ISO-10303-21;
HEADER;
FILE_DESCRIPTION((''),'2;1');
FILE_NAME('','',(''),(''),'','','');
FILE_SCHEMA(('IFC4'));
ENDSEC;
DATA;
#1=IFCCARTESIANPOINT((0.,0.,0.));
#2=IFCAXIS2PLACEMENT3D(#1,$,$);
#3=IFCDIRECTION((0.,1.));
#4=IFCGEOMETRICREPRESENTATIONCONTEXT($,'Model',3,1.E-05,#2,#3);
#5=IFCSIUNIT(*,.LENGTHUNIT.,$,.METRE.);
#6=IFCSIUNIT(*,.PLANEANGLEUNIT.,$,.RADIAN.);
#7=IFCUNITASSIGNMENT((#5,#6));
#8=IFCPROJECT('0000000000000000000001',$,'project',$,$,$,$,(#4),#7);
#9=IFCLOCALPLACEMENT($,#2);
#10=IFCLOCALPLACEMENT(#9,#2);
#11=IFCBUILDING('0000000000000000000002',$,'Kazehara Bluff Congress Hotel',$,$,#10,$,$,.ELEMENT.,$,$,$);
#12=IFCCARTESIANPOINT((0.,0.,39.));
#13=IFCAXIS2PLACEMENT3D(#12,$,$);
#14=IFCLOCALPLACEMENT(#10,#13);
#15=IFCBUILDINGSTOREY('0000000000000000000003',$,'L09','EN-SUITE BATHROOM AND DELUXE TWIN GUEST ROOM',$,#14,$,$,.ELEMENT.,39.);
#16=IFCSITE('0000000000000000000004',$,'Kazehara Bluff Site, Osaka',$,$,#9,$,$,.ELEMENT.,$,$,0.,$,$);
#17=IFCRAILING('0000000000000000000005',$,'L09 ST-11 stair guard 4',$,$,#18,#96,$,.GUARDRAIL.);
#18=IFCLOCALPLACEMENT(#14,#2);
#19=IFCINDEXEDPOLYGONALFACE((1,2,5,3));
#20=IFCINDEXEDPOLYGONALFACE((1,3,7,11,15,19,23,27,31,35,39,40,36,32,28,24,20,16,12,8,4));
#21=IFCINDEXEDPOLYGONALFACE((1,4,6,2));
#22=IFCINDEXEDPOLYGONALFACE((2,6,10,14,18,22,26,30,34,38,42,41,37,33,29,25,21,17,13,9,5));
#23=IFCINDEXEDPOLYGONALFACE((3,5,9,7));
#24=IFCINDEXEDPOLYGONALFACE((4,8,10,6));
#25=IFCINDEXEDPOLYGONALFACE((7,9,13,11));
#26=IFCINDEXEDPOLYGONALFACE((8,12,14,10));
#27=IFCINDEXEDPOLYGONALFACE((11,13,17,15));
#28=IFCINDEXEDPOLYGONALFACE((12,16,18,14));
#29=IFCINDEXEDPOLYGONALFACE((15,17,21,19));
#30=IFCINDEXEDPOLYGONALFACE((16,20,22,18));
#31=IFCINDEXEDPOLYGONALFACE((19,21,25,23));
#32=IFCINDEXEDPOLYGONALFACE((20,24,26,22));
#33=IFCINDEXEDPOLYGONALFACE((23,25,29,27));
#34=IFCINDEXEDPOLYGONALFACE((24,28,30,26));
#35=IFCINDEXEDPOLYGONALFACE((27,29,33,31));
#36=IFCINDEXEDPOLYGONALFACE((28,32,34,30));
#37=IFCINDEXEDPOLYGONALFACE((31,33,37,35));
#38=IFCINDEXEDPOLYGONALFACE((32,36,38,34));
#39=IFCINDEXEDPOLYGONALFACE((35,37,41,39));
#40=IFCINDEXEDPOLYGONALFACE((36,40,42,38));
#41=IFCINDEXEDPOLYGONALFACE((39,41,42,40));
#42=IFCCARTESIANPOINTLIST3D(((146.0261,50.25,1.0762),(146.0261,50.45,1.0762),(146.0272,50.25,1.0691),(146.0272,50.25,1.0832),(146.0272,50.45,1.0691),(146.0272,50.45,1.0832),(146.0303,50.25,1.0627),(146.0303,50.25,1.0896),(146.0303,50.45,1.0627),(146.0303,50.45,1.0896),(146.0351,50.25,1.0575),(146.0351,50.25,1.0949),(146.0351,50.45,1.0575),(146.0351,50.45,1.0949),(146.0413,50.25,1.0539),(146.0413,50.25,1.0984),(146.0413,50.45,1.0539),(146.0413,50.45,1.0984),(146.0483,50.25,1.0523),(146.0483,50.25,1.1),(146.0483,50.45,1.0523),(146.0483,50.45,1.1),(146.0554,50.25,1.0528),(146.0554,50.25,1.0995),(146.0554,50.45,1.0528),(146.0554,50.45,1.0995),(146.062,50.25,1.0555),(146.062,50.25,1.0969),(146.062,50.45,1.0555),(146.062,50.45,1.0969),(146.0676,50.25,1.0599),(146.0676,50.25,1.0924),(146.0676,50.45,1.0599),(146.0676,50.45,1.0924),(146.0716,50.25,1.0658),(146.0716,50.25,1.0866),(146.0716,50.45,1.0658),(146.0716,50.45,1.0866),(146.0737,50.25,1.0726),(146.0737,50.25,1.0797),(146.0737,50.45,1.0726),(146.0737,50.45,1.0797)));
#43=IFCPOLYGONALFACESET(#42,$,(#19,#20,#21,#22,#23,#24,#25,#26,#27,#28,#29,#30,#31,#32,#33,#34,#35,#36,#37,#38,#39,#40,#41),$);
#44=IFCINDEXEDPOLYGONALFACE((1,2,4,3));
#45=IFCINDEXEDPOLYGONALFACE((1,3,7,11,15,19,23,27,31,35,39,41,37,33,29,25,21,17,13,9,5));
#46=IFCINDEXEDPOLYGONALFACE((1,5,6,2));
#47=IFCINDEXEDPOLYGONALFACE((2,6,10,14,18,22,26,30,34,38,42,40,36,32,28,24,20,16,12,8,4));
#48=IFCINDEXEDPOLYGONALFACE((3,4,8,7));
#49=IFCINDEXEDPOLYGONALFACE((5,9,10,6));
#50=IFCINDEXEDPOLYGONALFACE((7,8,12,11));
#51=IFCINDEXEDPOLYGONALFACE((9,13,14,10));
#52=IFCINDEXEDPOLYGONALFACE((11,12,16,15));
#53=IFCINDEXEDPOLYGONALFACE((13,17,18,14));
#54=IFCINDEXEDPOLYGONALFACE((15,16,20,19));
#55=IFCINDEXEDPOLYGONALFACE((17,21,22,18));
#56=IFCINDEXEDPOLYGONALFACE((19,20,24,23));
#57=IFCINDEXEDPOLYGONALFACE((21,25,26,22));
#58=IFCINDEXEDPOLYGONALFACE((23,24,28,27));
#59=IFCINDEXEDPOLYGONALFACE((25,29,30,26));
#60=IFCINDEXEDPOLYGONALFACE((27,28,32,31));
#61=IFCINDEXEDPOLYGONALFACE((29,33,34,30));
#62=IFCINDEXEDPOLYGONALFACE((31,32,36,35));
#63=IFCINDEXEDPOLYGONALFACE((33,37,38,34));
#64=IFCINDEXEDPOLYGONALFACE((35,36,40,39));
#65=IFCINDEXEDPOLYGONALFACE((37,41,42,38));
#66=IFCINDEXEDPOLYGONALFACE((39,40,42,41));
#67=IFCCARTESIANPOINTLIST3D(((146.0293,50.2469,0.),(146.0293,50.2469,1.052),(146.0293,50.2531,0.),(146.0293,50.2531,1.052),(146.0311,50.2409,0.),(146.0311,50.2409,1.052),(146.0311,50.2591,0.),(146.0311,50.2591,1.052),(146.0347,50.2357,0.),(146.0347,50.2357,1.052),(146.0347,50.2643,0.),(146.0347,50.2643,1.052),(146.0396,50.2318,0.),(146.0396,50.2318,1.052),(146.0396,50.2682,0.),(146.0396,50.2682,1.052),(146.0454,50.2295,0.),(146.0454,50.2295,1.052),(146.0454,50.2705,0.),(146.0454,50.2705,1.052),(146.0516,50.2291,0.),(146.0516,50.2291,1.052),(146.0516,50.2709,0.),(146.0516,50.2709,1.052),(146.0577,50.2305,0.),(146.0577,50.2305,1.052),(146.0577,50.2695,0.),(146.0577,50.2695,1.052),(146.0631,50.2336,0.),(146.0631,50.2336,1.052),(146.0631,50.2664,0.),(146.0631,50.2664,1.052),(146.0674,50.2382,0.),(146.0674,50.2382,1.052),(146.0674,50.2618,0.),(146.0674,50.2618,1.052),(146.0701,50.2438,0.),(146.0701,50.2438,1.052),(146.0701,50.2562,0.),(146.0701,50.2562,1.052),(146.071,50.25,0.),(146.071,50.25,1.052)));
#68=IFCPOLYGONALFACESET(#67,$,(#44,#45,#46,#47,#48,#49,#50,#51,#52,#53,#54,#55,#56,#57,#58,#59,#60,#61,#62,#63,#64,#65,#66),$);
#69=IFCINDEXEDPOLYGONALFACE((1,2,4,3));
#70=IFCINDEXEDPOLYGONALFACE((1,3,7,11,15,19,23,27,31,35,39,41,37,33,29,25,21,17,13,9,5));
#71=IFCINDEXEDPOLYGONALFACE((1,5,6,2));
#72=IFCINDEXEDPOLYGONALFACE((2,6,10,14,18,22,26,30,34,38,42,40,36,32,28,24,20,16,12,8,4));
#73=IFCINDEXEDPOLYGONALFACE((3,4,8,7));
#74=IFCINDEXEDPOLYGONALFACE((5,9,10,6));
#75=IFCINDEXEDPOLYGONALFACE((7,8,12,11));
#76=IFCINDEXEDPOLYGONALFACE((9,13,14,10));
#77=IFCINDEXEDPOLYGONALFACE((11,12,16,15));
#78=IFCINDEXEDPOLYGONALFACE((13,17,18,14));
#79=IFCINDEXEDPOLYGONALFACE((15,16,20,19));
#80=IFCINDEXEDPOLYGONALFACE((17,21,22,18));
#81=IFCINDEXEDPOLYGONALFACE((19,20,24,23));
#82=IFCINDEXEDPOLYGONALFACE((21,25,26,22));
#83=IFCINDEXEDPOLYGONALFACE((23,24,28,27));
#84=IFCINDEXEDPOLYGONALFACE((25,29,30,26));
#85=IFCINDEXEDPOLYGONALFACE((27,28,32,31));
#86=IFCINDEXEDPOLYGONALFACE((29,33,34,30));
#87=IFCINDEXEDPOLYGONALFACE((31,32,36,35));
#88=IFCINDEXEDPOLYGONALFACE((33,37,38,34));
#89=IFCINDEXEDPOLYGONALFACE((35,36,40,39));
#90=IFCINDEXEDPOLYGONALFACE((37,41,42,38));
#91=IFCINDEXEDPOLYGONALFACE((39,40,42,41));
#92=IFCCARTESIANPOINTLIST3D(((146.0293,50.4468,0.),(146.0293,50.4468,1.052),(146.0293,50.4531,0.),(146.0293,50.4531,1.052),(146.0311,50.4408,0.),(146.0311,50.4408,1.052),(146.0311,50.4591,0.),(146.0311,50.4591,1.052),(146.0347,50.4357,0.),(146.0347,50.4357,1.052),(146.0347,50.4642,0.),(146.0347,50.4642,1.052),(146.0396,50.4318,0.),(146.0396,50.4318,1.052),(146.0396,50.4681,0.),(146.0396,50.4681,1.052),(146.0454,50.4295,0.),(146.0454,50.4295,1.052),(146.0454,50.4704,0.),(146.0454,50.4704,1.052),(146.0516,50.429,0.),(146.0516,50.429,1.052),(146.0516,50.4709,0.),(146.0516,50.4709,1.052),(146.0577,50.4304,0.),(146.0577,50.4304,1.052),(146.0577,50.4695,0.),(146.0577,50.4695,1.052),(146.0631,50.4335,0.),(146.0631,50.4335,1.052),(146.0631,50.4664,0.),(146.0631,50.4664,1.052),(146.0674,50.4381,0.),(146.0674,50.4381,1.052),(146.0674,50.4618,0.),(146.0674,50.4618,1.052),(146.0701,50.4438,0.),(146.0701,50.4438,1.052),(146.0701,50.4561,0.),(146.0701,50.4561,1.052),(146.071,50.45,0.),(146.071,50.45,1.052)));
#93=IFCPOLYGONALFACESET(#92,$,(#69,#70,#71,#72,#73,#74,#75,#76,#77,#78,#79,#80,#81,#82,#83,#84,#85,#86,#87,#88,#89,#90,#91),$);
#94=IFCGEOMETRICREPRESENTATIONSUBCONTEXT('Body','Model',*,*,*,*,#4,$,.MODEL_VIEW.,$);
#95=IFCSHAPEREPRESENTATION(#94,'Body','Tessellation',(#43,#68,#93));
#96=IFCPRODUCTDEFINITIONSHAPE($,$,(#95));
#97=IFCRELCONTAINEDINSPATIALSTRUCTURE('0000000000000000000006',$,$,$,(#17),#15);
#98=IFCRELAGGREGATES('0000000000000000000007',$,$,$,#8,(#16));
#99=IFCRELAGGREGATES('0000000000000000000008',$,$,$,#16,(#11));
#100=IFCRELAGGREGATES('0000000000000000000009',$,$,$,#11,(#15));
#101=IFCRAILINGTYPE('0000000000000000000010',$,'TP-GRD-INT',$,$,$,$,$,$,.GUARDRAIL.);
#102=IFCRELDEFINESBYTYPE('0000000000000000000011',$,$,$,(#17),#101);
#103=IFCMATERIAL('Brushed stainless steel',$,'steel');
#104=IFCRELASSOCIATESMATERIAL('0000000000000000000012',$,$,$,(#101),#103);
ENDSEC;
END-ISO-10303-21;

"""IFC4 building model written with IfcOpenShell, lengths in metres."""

from ifc_helpers import new_model, si_unit, direction, frame, origin, origin_2d, place, context, subcontext, project, spatial, circle, extrude, material, type_object, element, save


model = new_model("IFC4")

# Units and contexts
model_context = context("Model", 3, precision=1e-05, world=origin(), true_north=direction((0.0, 1.0)))
body_context = subcontext(model_context, "Body", "Model", "MODEL_VIEW")
ifc_project = project(units=[si_unit("LENGTHUNIT", "METRE"), si_unit("PLANEANGLEUNIT", "RADIAN")], contexts=[model_context])

# Site, building, storey
site_placement = place(None, origin())
site = spatial("IfcSite", under=ifc_project, at=site_placement, Name="Kazehara Bluff Site, Osaka", CompositionType="ELEMENT", RefElevation=0.0)
building_placement = place(site_placement, origin())
building = spatial("IfcBuilding", under=site, at=building_placement, Name="Kazehara Bluff Congress Hotel", CompositionType="ELEMENT")
storey_placement = place(building_placement, frame((0.0, 0.0, 39.0)))
storey = spatial("IfcBuildingStorey", under=building, at=storey_placement, Name="L09", Description="EN-SUITE BATHROOM AND DELUXE TWIN GUEST ROOM", CompositionType="ELEMENT", Elevation=39.0)

# Railing
ifc_material_1 = material(Name="Brushed stainless steel", Category="steel")
railing_type_1 = type_object("IfcRailingType", Name="TP-GRD-INT", PredefinedType="GUARDRAIL", material=ifc_material_1)
railing_1_placement = place(storey_placement, frame((146.05, 50.25, 0.0)))
element("IfcRailing", 1, at=railing_1_placement, inside=storey, type_object=railing_type_1, Name="L09 ST-11 stair guard 4", PredefinedType="GUARDRAIL", context=body_context, shape_type="SweptSolid", body=[
    extrude(circle(Radius=0.0239, at=origin_2d()), frame((0.0, 0.0, 1.0762), z_axis=(0.0, 1.0, 0.0), x_axis=(-1.0, 0.0, 0.0)), (0.0, 0.0, 1.0), 0.2),
    extrude(circle(Radius=0.021, at=origin_2d()), origin(), (0.0, 0.0, 1.0), 1.052),
    extrude(circle(Radius=0.021, at=origin_2d()), frame((0.0, 0.2, 0.0)), (0.0, 0.0, 1.0), 1.052),
])

save(model, "model.ifc")
